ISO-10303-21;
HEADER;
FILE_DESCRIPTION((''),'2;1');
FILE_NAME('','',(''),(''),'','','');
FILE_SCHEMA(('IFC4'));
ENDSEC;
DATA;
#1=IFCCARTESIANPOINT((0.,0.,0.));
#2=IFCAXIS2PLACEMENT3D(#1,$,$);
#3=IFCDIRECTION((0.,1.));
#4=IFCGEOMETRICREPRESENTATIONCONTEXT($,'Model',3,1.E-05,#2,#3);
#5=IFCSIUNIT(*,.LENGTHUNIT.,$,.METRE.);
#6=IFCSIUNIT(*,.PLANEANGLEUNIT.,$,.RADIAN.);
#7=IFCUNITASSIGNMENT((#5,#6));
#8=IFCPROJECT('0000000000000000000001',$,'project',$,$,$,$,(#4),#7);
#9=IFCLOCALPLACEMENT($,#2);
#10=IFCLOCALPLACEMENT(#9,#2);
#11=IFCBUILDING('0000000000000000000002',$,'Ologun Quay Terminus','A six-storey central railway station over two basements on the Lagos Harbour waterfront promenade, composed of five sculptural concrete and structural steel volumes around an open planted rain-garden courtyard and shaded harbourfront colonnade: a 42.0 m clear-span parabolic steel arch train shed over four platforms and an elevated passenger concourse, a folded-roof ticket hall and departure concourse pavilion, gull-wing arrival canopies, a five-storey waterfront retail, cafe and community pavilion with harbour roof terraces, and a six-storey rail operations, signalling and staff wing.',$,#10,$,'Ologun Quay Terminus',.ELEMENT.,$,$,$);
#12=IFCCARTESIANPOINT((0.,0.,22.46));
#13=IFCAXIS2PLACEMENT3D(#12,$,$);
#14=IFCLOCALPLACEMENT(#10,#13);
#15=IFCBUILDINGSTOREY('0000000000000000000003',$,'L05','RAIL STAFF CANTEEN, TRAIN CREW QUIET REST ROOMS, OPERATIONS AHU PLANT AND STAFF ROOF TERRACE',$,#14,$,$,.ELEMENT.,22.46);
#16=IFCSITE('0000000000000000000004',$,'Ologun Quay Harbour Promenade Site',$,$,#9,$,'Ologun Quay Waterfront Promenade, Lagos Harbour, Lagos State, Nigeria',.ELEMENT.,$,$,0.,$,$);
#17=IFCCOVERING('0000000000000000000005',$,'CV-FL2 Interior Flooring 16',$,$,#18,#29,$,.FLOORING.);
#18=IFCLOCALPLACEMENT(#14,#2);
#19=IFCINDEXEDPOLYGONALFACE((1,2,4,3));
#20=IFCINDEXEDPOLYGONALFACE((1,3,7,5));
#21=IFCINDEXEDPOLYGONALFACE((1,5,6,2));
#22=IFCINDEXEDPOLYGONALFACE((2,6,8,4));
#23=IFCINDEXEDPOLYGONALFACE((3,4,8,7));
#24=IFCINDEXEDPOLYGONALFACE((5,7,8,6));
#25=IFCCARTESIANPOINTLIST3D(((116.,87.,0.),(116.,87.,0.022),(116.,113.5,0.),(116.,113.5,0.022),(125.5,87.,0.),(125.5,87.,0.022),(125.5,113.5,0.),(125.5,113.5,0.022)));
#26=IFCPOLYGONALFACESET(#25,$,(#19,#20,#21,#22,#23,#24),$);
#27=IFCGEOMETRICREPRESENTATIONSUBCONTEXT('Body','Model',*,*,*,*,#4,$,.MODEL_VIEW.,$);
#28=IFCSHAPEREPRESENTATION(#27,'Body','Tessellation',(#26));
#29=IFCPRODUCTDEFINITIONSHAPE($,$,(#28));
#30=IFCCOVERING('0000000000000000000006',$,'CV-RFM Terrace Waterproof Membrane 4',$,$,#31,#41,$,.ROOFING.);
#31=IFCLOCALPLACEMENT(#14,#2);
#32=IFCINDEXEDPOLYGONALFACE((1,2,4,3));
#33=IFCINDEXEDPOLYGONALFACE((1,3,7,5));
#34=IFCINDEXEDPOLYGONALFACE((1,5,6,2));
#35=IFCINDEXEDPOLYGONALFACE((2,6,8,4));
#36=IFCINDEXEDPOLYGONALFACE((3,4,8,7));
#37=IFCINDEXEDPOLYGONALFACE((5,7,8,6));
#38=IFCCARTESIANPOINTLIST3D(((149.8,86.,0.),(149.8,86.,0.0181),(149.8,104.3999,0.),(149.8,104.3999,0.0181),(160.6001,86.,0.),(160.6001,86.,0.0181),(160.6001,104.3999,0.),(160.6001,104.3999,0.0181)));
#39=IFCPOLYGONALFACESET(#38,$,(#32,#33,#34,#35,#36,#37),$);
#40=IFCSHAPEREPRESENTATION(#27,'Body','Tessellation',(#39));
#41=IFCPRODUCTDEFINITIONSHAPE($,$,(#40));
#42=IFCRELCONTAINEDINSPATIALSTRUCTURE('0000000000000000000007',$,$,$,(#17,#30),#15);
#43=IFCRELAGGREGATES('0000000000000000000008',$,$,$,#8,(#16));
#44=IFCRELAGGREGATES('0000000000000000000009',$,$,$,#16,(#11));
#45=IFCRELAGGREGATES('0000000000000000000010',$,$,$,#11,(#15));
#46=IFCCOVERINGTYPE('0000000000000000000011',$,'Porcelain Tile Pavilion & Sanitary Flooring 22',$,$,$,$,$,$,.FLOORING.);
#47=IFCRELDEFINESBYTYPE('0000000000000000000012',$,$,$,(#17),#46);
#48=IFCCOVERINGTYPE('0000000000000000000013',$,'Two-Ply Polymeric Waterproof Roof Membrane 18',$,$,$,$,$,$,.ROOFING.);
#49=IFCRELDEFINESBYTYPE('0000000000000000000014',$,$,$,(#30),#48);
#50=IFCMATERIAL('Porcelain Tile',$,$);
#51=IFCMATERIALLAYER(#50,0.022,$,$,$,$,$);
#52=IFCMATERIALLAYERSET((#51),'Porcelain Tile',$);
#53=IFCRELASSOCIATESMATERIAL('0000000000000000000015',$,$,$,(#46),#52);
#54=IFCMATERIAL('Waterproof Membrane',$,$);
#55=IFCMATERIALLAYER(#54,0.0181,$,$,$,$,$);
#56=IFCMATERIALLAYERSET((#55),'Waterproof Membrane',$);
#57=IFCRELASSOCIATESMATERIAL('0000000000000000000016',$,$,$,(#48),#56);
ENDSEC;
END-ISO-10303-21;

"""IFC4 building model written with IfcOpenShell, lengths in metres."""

from ifc_helpers import new_model, si_unit, direction, frame, origin, place, context, subcontext, project, spatial, polyline, outline, extrude, material, layer, layer_set, type_object, element, save


model = new_model("IFC4")

# Units and contexts
model_context = context("Model", 3, precision=1e-05, world=origin(), true_north=direction((0.0, 1.0)))
body_context = subcontext(model_context, "Body", "Model", "MODEL_VIEW")
ifc_project = project(units=[si_unit("LENGTHUNIT", "METRE"), si_unit("PLANEANGLEUNIT", "RADIAN")], contexts=[model_context])

# Site, building, storey
site_placement = place(None, origin())
site = spatial("IfcSite", under=ifc_project, at=site_placement, Name="Ologun Quay Harbour Promenade Site", LongName="Ologun Quay Waterfront Promenade, Lagos Harbour, Lagos State, Nigeria", CompositionType="ELEMENT", RefElevation=0.0)
building_placement = place(site_placement, origin())
building = spatial("IfcBuilding", under=site, at=building_placement, Name="Ologun Quay Terminus", Description="A six-storey central railway station over two basements on the Lagos Harbour waterfront promenade, composed of five sculptural concrete and structural steel volumes around an open planted rain-garden courtyard and shaded harbourfront colonnade: a 42.0 m clear-span parabolic steel arch train shed over four platforms and an elevated passenger concourse, a folded-roof ticket hall and departure concourse pavilion, gull-wing arrival canopies, a five-storey waterfront retail, cafe and community pavilion with harbour roof terraces, and a six-storey rail operations, signalling and staff wing.", LongName="Ologun Quay Terminus", CompositionType="ELEMENT")
storey_placement = place(building_placement, frame((0.0, 0.0, 22.46)))
storey = spatial("IfcBuildingStorey", under=building, at=storey_placement, Name="L05", Description="RAIL STAFF CANTEEN, TRAIN CREW QUIET REST ROOMS, OPERATIONS AHU PLANT AND STAFF ROOF TERRACE", CompositionType="ELEMENT", Elevation=22.46)

# Coverings
ifc_material_1 = material(Name="Porcelain Tile")
ifc_layer_1 = layer(ifc_material_1, 0.022)
ifc_layer_set_1 = layer_set([ifc_layer_1], Name="Porcelain Tile")
covering_type_1 = type_object("IfcCoveringType", Name="Porcelain Tile Pavilion & Sanitary Flooring 22", PredefinedType="FLOORING", material=ifc_layer_set_1)
covering_1_placement = place(storey_placement, origin())
element("IfcCovering", 1, at=covering_1_placement, inside=storey, type_object=covering_type_1, Name="CV-FL2 Interior Flooring 16", PredefinedType="FLOORING", context=body_context, shape_type="SweptSolid", body=[
    extrude(outline(polyline([(116.0, 87.0), (125.5, 87.0), (125.5, 113.5), (116.0, 113.5), (116.0, 87.0)])), origin(), (0.0, 0.0, 1.0), 0.022),
])
ifc_material_2 = material(Name="Waterproof Membrane")
ifc_layer_2 = layer(ifc_material_2, 0.0181)
ifc_layer_set_2 = layer_set([ifc_layer_2], Name="Waterproof Membrane")
covering_type_2 = type_object("IfcCoveringType", Name="Two-Ply Polymeric Waterproof Roof Membrane 18", PredefinedType="ROOFING", material=ifc_layer_set_2)
covering_2_placement = place(storey_placement, origin())
element("IfcCovering", 2, at=covering_2_placement, inside=storey, type_object=covering_type_2, Name="CV-RFM Terrace Waterproof Membrane 4", PredefinedType="ROOFING", context=body_context, shape_type="SweptSolid", body=[
    extrude(outline(polyline([(149.8, 86.0), (160.6001, 86.0), (160.6001, 104.3999), (149.8, 104.3999), (149.8, 86.0)])), origin(), (0.0, 0.0, 1.0), 0.0181),
])

save(model, "model.ifc")
